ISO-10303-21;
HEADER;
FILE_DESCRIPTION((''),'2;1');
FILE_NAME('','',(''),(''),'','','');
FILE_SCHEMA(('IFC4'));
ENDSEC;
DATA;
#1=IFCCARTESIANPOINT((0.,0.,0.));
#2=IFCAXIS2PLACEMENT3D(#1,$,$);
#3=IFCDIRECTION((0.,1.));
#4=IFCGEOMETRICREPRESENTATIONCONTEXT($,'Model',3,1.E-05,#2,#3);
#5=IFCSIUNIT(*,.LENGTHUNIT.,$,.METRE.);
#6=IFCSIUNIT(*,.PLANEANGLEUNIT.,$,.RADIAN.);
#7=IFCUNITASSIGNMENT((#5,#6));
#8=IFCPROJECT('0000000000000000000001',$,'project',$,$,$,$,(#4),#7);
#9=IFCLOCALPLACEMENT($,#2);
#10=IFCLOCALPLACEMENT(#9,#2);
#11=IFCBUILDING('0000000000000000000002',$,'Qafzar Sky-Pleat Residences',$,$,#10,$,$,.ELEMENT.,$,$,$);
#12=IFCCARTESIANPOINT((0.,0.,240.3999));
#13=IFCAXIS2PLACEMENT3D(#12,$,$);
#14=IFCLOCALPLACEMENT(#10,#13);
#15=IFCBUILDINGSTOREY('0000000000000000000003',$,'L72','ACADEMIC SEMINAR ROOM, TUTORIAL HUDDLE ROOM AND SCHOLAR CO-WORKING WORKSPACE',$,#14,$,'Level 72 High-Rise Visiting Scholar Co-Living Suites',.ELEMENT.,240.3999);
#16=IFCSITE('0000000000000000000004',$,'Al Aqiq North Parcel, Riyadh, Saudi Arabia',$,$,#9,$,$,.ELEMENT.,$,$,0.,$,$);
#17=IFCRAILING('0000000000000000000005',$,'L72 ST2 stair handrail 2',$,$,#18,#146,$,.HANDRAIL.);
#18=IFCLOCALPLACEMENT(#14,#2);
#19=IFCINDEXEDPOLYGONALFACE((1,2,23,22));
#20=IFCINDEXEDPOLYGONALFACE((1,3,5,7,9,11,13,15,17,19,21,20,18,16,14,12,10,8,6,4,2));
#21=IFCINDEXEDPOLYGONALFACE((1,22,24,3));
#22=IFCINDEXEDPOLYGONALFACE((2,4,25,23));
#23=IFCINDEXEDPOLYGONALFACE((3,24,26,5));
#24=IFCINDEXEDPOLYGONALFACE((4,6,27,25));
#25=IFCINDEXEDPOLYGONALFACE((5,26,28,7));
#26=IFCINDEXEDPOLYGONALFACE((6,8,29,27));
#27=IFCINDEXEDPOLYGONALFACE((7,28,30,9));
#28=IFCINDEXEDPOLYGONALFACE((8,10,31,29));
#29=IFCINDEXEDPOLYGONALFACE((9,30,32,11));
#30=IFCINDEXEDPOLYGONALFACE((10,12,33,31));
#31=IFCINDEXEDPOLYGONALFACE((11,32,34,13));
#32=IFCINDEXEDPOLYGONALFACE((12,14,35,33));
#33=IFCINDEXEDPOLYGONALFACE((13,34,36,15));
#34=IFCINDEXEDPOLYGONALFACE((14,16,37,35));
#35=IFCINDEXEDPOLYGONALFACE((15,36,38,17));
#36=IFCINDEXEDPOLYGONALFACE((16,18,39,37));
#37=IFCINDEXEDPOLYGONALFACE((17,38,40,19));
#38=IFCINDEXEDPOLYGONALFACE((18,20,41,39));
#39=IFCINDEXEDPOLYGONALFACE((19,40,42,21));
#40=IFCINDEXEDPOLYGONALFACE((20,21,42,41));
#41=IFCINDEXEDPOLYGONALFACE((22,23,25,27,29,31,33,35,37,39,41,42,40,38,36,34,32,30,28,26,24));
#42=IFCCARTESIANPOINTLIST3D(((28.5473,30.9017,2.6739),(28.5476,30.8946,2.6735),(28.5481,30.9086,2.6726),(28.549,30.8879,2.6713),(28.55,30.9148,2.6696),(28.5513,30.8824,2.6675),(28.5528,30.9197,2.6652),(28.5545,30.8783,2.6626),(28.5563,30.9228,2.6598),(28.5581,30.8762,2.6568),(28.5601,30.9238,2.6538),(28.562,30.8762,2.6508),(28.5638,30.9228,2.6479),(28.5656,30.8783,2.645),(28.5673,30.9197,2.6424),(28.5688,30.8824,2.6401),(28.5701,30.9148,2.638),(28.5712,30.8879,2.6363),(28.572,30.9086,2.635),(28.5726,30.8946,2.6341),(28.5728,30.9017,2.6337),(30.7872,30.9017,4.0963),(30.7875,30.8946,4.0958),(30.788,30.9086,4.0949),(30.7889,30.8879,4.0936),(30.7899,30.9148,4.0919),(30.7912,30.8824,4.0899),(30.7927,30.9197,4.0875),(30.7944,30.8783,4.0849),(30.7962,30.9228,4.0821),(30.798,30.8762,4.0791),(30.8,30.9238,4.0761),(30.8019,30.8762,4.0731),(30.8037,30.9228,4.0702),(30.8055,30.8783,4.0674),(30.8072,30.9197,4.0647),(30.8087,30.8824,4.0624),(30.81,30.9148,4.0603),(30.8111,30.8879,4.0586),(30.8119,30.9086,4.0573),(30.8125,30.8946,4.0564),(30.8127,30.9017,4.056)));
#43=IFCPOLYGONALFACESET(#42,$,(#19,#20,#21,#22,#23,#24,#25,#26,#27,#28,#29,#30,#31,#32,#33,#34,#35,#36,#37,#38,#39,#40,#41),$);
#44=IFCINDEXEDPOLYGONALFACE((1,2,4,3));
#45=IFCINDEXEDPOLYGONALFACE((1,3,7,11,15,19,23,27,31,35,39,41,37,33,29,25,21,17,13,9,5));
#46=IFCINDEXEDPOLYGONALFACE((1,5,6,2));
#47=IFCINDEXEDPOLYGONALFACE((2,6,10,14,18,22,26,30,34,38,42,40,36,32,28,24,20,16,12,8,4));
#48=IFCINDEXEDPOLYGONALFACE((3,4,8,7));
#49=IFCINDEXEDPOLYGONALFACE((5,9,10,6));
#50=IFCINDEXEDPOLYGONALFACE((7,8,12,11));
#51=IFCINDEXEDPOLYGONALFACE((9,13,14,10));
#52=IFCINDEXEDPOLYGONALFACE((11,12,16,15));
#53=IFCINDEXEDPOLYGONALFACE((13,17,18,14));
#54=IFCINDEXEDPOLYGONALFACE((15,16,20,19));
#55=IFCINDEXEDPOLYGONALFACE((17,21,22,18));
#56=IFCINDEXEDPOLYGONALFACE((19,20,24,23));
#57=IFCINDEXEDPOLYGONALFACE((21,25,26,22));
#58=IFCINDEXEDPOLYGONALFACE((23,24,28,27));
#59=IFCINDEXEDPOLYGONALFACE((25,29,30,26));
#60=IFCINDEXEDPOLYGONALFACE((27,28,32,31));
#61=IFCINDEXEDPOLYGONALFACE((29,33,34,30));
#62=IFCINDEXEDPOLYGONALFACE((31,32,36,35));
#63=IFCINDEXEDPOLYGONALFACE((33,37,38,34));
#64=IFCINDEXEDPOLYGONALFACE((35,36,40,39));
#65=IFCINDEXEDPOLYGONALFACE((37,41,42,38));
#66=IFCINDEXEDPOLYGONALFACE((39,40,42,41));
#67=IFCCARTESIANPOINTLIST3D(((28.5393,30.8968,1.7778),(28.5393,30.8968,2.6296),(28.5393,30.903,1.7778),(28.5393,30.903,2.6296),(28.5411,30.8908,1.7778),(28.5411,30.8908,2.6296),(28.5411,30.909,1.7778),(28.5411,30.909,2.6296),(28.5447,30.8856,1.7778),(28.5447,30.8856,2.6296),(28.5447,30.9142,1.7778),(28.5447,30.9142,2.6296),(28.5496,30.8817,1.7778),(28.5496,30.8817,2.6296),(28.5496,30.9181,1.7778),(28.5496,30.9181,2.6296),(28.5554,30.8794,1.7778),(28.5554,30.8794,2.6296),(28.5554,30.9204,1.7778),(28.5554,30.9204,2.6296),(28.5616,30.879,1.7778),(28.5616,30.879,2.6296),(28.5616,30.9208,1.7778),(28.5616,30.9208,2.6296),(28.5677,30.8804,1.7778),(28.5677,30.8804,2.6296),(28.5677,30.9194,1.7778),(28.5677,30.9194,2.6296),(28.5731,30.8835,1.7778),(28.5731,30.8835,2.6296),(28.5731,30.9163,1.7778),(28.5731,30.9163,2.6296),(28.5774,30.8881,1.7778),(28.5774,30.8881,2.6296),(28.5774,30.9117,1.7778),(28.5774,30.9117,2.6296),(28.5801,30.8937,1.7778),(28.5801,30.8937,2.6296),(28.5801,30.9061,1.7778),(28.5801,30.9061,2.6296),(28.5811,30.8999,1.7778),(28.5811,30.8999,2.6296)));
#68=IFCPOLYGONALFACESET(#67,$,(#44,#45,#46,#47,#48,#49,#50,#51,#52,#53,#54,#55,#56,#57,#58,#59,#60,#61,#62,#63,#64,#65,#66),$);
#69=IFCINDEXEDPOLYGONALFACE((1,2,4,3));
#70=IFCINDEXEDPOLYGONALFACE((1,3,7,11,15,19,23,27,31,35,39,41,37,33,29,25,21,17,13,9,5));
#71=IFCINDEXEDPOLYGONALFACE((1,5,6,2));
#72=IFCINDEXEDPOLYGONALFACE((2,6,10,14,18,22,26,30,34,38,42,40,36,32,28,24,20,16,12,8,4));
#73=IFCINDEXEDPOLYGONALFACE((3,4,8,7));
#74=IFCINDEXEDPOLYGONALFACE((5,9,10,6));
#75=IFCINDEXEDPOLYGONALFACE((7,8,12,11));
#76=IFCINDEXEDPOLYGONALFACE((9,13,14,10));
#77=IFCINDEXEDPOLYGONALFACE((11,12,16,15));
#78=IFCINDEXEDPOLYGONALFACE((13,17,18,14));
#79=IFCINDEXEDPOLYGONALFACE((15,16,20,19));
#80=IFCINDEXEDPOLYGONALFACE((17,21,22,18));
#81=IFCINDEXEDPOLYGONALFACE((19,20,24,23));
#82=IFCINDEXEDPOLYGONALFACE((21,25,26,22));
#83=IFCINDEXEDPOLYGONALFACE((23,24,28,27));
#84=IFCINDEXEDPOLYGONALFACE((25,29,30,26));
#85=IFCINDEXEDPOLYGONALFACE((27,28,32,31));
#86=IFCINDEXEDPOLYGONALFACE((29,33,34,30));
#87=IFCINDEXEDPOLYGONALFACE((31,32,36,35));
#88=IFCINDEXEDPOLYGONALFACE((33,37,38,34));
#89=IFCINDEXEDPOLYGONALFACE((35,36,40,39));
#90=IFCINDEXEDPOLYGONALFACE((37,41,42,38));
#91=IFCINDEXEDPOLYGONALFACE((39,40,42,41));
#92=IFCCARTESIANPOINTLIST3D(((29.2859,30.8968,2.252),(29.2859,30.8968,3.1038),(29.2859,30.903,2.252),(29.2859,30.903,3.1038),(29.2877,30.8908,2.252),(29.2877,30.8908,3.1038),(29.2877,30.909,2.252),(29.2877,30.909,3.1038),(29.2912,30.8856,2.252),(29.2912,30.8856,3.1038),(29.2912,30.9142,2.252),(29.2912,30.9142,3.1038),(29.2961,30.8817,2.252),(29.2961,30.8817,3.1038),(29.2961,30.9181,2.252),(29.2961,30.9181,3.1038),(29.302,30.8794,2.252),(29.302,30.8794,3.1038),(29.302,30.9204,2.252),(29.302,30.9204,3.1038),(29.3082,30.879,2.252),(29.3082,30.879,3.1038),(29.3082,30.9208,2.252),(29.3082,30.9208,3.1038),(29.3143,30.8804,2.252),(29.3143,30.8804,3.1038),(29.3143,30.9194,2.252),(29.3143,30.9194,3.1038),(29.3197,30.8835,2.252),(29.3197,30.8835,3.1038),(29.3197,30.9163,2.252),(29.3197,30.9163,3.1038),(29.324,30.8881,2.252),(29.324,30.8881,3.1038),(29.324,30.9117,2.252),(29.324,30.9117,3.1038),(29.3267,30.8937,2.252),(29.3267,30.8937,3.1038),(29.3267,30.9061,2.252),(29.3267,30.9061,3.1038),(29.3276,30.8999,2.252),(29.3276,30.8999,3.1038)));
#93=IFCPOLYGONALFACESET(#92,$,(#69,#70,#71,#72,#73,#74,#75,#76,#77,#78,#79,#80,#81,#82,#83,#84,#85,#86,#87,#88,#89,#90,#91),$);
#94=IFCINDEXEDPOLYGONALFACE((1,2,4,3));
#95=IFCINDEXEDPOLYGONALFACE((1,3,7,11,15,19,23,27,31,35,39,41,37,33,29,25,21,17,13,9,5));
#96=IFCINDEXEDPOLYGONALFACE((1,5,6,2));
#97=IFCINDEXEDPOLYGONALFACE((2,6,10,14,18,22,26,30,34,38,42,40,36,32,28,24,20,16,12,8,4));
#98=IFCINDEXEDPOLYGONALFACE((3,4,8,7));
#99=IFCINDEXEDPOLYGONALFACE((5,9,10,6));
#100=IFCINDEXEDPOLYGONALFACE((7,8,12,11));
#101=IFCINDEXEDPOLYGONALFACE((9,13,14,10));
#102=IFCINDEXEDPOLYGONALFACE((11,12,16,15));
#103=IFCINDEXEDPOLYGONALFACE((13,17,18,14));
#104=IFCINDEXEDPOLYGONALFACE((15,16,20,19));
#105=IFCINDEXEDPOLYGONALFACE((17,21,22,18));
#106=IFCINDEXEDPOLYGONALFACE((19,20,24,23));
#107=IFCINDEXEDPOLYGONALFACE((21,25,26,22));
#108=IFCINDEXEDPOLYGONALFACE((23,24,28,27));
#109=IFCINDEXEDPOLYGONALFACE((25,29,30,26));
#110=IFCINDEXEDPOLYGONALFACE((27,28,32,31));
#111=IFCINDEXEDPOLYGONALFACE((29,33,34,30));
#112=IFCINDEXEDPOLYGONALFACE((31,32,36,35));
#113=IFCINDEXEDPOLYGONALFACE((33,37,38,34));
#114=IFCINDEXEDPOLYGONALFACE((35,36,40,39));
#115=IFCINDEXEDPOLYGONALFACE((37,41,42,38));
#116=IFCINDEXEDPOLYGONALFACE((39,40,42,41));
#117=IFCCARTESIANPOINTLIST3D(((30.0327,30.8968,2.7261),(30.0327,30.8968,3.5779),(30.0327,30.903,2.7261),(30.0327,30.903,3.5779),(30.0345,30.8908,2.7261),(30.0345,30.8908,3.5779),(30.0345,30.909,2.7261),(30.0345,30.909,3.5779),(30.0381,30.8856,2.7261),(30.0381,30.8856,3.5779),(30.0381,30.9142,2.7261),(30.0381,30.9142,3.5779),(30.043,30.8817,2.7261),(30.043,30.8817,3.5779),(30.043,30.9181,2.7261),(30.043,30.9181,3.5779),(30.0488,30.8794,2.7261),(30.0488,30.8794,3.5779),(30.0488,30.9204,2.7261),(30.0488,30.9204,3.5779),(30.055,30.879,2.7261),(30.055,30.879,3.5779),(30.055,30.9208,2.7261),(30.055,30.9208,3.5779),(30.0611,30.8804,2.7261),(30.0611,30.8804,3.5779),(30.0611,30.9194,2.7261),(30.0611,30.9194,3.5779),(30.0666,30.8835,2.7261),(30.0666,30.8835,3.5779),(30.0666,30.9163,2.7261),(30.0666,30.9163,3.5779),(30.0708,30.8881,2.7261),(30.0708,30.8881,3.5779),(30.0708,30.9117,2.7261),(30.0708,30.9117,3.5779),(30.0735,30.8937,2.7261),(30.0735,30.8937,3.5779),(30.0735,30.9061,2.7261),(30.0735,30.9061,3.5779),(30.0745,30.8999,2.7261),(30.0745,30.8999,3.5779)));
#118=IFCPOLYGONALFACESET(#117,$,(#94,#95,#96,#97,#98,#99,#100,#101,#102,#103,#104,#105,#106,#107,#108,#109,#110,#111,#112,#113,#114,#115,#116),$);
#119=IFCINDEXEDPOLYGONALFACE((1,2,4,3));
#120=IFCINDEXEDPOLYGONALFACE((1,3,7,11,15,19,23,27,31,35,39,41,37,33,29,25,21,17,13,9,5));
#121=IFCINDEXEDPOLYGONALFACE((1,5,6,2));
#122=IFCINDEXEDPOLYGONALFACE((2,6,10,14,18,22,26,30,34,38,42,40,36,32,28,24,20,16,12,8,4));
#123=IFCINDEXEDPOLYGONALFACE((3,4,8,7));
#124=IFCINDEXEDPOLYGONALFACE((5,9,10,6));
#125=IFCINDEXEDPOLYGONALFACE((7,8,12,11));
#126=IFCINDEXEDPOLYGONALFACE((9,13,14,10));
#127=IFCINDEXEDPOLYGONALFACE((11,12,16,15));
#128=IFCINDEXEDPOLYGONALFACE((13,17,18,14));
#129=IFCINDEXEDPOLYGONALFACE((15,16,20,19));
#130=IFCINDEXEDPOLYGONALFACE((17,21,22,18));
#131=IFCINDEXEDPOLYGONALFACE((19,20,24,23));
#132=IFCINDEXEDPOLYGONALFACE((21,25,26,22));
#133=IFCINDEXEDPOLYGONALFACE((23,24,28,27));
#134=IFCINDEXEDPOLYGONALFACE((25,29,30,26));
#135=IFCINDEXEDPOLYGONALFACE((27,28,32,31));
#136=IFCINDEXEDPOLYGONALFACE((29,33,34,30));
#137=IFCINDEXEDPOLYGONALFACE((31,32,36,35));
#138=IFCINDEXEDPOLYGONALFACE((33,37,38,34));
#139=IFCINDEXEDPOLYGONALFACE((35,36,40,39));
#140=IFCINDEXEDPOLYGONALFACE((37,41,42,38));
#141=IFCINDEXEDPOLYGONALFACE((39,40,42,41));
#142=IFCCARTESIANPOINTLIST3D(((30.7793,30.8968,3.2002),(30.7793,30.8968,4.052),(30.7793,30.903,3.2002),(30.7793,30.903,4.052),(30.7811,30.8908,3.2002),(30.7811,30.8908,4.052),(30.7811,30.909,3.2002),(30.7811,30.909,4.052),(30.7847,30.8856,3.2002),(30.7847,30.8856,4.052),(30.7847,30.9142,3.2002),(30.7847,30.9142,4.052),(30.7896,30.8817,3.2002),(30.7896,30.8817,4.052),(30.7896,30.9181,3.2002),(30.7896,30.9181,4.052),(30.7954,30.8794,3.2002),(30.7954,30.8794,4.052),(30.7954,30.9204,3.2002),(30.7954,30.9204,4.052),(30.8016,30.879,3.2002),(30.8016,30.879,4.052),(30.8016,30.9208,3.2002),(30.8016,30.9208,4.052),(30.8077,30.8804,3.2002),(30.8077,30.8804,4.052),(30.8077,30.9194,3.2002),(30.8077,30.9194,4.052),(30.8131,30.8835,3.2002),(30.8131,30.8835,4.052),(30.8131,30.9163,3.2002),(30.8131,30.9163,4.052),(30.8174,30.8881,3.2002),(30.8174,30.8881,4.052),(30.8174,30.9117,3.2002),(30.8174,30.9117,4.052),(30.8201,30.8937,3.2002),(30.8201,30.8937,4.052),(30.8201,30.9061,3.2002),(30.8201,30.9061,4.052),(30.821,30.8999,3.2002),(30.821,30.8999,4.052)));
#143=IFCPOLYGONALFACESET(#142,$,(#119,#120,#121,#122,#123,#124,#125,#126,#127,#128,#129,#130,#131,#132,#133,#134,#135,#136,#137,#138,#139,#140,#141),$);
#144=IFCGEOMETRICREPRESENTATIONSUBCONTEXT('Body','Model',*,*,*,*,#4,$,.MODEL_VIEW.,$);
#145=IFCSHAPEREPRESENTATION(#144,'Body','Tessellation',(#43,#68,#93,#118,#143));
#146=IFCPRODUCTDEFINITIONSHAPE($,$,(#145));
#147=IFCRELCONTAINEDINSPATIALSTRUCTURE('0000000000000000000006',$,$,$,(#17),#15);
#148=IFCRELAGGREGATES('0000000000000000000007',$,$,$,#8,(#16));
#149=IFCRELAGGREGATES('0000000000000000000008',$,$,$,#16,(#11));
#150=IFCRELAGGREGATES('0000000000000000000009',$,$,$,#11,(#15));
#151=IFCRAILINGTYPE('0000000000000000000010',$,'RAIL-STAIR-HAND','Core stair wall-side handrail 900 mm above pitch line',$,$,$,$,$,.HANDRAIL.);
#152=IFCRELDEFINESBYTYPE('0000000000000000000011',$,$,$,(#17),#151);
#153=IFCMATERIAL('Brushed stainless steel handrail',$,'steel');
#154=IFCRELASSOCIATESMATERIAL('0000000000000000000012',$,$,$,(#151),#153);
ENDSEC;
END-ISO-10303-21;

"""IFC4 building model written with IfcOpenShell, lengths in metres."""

from ifc_helpers import new_model, si_unit, direction, frame, origin, origin_2d, place, context, subcontext, project, spatial, circle, extrude, source, transform, mapped, material, type_object, element, save


model = new_model("IFC4")

# Units and contexts
model_context = context("Model", 3, precision=1e-05, world=origin(), true_north=direction((0.0, 1.0)))
body_context = subcontext(model_context, "Body", "Model", "MODEL_VIEW")
ifc_project = project(units=[si_unit("LENGTHUNIT", "METRE"), si_unit("PLANEANGLEUNIT", "RADIAN")], contexts=[model_context])

# Site, building, storey
site_placement = place(None, origin())
site = spatial("IfcSite", under=ifc_project, at=site_placement, Name="Al Aqiq North Parcel, Riyadh, Saudi Arabia", CompositionType="ELEMENT", RefElevation=0.0)
building_placement = place(site_placement, origin())
building = spatial("IfcBuilding", under=site, at=building_placement, Name="Qafzar Sky-Pleat Residences", CompositionType="ELEMENT")
storey_placement = place(building_placement, frame((0.0, 0.0, 240.3999)))
storey = spatial("IfcBuildingStorey", under=building, at=storey_placement, Name="L72", Description="ACADEMIC SEMINAR ROOM, TUTORIAL HUDDLE ROOM AND SCHOLAR CO-WORKING WORKSPACE", LongName="Level 72 High-Rise Visiting Scholar Co-Living Suites", CompositionType="ELEMENT", Elevation=240.3999)

# Railing
ifc_material_1 = material(Name="Brushed stainless steel handrail", Category="steel")
railing_type_1 = type_object("IfcRailingType", Name="RAIL-STAIR-HAND", Description="Core stair wall-side handrail 900 mm above pitch line", PredefinedType="HANDRAIL", material=ifc_material_1)
shared_shape_1 = source(origin(), body_context, "Body", "SweptSolid", [
    extrude(circle(Radius=0.0239, at=origin_2d()), frame((0.0, 0.0, 0.876), z_axis=(0.844188, 0.0, 0.536048), x_axis=(0.0, 1.0, 0.0)), (0.0, 0.0, 1.0), 2.6533),
    extrude(circle(Radius=0.021, at=origin_2d()), origin(), (0.0, 0.0, 1.0), 0.8518),
    extrude(circle(Radius=0.021, at=origin_2d()), frame((0.7466, 0.0, 0.4741)), (0.0, 0.0, 1.0), 0.8518),
    extrude(circle(Radius=0.021, at=origin_2d()), frame((1.4934, 0.0, 0.9482)), (0.0, 0.0, 1.0), 0.8518),
    extrude(circle(Radius=0.021, at=origin_2d()), frame((2.24, 0.0, 1.4224)), (0.0, 0.0, 1.0), 0.8518),
])
railing_1_placement = place(storey_placement, frame((28.5601, 30.8999, 1.7778)))
element("IfcRailing", 1, at=railing_1_placement, inside=storey, type_object=railing_type_1, Name="L72 ST2 stair handrail 2", PredefinedType="HANDRAIL", context=body_context, shape_type="MappedRepresentation", body=[
    mapped(shared_shape_1, transform((0.0, 0.0, 0.0), x_axis=(1.0, 0.0, 0.0), y_axis=(0.0, 1.0, 0.0), z_axis=(0.0, 0.0, 1.0), scale=1.0)),
])

save(model, "model.ifc")
